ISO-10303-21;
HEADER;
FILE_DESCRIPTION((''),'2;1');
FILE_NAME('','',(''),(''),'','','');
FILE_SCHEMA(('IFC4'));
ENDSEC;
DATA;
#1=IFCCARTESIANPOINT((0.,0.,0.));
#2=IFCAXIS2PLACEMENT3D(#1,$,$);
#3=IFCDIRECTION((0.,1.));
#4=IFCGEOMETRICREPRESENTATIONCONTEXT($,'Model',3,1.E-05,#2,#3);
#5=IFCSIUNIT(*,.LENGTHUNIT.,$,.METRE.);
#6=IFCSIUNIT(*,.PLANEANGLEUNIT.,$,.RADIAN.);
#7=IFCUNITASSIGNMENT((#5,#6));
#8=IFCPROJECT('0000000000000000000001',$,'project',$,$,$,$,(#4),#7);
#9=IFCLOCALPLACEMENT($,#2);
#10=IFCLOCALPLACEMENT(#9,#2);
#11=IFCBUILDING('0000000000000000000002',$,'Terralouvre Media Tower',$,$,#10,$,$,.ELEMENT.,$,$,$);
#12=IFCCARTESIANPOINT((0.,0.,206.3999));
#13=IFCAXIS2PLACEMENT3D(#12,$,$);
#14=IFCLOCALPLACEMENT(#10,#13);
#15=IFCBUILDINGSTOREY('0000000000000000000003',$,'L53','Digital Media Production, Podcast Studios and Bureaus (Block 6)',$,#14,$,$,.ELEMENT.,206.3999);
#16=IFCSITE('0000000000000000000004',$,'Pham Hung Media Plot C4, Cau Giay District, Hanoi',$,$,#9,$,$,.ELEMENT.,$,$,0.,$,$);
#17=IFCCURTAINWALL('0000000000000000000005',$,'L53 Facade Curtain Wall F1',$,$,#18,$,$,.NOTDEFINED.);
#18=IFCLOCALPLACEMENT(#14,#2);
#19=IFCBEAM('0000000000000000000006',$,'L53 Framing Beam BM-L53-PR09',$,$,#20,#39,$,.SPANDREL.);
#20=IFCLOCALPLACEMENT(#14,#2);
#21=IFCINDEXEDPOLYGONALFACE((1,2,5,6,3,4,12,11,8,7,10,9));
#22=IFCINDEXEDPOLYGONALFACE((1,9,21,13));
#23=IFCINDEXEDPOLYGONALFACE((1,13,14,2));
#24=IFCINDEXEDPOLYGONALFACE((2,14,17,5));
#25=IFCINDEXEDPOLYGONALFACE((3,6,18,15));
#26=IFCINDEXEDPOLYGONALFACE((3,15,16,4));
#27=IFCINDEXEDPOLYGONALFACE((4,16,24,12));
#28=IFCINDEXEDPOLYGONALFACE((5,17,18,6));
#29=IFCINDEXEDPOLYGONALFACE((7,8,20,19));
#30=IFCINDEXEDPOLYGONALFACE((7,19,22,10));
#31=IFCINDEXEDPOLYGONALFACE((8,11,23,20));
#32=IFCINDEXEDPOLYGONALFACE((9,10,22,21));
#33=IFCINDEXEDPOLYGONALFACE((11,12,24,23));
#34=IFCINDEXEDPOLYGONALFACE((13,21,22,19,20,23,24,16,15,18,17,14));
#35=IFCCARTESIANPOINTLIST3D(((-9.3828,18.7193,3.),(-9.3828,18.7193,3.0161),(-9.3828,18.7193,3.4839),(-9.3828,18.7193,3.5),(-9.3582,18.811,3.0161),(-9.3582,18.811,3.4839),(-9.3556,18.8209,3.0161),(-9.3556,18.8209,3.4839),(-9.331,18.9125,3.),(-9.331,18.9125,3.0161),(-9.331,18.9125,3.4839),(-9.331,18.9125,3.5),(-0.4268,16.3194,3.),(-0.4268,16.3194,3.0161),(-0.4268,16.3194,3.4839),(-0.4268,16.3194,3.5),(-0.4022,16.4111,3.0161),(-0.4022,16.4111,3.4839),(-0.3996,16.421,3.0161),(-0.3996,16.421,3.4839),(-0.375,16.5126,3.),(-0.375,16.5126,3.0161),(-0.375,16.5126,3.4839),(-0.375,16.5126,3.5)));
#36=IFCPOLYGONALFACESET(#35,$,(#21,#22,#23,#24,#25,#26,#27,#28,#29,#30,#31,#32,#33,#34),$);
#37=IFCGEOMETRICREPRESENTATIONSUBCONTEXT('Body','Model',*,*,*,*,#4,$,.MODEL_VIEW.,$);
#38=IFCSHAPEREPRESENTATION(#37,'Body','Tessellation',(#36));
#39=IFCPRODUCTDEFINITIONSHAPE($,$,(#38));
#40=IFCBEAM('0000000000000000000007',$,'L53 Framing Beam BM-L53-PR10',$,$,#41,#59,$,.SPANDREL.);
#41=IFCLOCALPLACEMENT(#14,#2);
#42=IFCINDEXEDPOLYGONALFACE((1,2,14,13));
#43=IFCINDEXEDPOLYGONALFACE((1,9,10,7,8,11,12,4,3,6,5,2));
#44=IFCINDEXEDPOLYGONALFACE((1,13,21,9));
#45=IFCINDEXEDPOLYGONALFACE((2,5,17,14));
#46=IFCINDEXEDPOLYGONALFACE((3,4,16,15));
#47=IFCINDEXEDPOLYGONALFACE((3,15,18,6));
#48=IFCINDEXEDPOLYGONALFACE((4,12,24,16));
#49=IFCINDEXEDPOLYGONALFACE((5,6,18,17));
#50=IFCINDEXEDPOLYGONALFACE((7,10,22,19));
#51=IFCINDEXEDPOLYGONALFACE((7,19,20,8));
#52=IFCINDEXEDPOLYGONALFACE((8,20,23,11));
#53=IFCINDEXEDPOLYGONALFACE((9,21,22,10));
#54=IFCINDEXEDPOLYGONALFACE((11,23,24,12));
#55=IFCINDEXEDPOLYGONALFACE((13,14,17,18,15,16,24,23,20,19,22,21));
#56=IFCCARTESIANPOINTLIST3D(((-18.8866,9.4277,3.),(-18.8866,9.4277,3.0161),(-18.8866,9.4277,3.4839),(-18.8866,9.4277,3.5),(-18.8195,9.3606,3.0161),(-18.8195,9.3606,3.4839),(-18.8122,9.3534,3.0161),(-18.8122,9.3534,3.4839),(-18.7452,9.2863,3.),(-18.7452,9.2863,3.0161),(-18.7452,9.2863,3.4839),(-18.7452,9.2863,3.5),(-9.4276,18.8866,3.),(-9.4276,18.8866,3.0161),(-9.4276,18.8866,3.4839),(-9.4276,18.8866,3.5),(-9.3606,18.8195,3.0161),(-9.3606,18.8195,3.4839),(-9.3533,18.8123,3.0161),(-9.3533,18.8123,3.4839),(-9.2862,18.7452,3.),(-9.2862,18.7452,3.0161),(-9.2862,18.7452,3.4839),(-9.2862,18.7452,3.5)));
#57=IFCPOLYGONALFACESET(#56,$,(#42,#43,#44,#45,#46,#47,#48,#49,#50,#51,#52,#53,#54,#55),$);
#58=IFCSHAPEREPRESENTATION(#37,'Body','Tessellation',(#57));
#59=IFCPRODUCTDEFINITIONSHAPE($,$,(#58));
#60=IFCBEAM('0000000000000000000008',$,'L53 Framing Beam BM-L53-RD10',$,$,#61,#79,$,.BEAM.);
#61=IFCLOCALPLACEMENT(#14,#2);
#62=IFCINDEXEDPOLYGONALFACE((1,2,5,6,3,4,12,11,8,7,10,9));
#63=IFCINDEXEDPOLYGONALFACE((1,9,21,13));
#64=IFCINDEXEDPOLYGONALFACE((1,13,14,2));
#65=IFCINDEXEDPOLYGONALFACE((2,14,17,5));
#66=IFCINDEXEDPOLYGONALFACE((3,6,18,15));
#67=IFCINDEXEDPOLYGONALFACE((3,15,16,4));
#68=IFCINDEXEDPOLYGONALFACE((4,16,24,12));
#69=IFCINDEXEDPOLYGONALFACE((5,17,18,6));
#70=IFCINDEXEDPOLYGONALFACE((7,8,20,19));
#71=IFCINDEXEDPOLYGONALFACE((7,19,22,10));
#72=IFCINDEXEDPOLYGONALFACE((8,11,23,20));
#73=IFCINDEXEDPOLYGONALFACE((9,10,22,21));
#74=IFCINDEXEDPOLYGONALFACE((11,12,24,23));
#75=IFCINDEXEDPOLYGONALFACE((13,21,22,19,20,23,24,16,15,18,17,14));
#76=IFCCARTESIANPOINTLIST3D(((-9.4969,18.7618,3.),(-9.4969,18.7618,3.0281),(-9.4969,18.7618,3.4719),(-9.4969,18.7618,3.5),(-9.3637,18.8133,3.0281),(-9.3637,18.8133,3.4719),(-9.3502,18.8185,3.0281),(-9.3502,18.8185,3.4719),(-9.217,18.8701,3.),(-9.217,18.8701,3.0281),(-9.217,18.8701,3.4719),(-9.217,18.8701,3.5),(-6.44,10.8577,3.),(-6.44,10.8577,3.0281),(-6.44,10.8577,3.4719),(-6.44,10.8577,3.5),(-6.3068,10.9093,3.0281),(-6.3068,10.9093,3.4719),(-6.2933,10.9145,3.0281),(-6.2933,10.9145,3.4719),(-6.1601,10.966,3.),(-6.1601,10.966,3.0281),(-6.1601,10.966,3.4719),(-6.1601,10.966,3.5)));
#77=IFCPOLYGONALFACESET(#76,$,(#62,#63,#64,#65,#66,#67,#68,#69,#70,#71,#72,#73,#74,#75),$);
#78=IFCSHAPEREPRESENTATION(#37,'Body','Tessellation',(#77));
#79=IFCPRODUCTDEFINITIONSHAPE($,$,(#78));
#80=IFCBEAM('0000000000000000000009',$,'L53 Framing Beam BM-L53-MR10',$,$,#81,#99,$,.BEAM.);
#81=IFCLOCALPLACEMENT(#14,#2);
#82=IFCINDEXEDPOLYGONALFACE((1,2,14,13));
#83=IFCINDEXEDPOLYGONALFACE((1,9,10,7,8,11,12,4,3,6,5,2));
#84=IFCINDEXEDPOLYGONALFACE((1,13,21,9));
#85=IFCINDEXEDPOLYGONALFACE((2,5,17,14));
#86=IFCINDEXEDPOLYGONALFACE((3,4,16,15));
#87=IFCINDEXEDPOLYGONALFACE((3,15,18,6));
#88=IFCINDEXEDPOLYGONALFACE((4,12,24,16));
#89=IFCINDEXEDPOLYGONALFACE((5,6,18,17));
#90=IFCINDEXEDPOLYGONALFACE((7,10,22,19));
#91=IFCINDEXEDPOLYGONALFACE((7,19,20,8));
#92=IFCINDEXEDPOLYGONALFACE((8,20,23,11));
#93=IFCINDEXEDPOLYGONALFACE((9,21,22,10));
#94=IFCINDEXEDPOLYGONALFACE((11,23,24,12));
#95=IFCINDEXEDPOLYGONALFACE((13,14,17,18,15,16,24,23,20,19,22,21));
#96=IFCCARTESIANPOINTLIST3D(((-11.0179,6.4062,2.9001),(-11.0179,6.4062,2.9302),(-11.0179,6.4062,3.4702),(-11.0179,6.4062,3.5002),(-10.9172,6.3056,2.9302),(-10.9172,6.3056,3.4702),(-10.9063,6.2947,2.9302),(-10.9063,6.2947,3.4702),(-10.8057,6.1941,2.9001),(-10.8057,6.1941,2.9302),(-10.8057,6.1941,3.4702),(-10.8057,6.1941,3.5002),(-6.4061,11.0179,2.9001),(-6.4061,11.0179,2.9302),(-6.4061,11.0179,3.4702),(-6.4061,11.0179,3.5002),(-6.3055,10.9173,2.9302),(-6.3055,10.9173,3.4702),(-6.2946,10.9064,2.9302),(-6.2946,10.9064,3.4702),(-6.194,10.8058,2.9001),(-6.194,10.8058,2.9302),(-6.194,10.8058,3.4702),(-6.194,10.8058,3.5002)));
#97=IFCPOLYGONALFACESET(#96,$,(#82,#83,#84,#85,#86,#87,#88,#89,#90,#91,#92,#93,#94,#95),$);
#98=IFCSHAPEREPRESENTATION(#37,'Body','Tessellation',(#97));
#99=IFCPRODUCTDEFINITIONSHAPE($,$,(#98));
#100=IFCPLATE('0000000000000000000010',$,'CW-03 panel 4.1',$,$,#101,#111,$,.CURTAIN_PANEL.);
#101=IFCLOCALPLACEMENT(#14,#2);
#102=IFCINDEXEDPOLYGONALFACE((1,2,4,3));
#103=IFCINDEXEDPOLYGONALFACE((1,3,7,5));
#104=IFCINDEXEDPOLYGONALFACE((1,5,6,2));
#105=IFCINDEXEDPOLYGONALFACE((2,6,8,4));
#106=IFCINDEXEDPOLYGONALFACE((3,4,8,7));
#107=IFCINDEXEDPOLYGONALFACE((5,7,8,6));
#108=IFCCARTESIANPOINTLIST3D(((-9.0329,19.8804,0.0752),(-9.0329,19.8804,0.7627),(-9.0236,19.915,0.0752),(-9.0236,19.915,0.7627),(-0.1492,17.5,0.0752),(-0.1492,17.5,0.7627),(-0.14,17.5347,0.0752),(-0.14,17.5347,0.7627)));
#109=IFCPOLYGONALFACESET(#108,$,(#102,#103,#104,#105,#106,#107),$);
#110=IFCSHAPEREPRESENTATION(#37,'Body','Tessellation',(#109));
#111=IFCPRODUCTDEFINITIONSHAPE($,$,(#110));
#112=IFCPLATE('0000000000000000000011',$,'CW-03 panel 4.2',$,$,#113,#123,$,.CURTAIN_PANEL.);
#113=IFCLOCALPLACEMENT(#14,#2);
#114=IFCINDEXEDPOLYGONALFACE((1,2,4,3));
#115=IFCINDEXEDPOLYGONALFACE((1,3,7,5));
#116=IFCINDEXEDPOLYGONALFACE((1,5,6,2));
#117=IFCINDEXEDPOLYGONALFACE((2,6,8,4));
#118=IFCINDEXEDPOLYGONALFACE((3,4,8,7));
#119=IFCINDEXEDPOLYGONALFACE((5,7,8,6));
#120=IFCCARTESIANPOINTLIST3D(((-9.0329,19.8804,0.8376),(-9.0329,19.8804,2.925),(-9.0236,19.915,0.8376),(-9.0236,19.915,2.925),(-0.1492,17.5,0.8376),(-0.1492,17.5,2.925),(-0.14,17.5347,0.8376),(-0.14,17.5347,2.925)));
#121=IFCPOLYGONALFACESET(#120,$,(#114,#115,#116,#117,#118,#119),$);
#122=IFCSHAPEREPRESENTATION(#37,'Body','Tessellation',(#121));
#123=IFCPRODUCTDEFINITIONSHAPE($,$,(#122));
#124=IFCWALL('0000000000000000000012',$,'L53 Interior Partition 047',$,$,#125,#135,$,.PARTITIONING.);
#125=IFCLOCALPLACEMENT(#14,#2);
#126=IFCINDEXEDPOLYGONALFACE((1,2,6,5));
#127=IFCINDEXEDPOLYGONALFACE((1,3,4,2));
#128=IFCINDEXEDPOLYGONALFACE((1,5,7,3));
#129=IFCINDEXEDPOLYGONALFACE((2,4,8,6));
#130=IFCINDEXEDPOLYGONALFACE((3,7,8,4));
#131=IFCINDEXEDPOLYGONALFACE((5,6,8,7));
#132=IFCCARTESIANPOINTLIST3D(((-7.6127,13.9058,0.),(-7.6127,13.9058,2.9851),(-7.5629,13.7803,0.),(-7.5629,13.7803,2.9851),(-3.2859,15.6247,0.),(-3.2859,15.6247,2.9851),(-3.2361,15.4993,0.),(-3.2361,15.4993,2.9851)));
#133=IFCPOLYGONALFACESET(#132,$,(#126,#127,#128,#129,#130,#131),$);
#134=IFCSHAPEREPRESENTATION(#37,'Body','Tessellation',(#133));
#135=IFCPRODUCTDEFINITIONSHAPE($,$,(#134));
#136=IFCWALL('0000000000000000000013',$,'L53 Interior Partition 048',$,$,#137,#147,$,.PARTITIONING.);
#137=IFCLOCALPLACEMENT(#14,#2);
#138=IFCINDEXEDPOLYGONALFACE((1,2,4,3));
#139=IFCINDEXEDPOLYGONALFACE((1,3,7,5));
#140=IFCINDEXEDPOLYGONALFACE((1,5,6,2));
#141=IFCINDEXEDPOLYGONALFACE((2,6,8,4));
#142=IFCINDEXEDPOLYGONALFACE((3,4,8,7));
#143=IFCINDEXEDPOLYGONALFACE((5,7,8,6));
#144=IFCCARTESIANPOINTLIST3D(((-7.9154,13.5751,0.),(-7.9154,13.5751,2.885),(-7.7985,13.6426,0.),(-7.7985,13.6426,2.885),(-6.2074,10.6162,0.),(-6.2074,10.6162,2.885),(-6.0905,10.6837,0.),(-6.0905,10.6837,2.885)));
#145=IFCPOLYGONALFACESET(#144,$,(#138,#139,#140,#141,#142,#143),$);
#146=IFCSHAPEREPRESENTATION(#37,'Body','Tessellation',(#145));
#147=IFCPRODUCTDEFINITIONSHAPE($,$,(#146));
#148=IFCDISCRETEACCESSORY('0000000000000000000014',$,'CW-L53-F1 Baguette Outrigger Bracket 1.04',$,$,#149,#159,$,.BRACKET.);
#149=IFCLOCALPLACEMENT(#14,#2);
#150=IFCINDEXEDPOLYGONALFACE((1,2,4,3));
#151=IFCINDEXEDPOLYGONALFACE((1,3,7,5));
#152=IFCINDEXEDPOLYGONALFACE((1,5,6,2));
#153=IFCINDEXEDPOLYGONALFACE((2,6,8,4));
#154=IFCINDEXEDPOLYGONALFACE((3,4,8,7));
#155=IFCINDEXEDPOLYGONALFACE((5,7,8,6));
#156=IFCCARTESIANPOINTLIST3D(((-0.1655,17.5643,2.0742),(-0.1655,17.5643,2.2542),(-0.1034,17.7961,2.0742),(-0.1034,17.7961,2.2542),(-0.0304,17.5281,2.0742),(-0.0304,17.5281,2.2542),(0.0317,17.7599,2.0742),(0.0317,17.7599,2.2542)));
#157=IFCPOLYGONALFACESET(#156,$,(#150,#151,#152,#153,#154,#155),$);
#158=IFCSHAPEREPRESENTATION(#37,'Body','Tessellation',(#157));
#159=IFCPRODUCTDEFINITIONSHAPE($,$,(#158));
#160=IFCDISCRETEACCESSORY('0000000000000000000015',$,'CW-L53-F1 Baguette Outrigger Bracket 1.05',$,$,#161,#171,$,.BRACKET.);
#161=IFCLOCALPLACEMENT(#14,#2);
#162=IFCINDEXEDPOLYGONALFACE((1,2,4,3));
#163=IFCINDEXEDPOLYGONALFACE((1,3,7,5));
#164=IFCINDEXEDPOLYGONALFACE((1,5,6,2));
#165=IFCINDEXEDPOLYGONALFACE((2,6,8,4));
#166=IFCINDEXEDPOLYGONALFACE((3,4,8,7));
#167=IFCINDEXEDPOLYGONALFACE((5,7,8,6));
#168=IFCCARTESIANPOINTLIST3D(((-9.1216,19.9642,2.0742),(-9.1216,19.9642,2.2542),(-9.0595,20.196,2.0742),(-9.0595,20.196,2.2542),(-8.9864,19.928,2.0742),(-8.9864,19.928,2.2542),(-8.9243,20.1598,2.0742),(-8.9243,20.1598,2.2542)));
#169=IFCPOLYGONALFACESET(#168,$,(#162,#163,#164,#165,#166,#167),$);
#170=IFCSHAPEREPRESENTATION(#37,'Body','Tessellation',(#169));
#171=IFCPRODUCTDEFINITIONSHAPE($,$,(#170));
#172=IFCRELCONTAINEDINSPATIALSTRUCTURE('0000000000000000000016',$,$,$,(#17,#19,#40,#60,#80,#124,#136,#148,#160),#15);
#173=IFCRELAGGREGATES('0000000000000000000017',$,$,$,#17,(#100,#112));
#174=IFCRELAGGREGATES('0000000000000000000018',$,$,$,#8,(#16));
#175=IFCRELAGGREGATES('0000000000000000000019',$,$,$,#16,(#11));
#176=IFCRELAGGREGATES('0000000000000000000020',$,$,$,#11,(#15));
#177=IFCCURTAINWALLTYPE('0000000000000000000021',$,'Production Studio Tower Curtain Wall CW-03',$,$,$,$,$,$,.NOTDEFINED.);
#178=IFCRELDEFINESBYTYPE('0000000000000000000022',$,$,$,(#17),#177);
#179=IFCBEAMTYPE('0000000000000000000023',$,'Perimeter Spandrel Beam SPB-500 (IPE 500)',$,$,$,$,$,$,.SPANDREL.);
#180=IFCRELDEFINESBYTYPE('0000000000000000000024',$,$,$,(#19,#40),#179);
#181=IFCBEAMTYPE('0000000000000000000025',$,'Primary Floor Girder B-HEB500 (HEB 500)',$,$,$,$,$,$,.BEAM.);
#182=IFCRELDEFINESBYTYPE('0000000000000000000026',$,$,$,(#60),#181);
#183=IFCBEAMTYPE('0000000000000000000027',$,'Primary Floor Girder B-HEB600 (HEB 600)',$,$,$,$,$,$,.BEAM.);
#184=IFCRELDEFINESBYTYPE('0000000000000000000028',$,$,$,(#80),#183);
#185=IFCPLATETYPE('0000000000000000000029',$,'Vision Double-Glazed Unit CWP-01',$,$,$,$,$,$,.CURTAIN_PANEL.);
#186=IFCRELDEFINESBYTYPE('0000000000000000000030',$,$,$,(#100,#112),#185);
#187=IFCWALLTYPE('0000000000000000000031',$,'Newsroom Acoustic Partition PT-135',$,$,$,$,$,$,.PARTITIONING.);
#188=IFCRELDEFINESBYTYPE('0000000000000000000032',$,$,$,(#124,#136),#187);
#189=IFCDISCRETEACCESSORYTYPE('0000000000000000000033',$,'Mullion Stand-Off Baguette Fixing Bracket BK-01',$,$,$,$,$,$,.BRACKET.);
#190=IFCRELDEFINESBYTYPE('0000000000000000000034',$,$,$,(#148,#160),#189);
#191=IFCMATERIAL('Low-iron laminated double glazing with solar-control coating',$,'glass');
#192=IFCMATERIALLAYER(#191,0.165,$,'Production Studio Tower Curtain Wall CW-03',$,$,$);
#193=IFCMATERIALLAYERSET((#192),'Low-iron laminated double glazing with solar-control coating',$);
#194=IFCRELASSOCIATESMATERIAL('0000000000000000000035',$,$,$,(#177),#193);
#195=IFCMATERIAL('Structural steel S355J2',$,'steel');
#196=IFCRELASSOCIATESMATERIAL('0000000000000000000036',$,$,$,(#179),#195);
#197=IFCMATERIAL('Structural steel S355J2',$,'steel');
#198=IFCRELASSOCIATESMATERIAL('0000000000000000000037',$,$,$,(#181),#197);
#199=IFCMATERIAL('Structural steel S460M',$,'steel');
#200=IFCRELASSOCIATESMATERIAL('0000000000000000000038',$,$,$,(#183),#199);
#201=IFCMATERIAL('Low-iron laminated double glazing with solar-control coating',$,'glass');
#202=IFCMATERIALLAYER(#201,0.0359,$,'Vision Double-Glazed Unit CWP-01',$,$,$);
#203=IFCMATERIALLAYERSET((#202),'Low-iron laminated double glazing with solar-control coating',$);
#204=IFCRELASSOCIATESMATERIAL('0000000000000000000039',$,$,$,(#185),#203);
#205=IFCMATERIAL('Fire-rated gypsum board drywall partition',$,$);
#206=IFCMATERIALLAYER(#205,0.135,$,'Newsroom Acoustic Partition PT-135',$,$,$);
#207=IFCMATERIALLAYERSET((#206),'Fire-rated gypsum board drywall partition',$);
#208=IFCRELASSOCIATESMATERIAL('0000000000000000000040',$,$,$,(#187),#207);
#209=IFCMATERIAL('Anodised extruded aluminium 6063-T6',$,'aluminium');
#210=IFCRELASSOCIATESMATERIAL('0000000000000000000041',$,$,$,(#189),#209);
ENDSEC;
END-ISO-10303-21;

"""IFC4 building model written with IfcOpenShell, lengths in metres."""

from ifc_helpers import new_model, si_unit, direction, frame, frame_2d, origin, origin_2d, place, context, subcontext, project, spatial, rectangle, i_section, extrude, material, layer, layer_set, material_profile, profile_set, type_object, element, aggregate, save


model = new_model("IFC4")

# Units and contexts
model_context = context("Model", 3, precision=1e-05, world=origin(), true_north=direction((0.0, 1.0)))
body_context = subcontext(model_context, "Body", "Model", "MODEL_VIEW")
ifc_project = project(units=[si_unit("LENGTHUNIT", "METRE"), si_unit("PLANEANGLEUNIT", "RADIAN")], contexts=[model_context])

# Site, building, storey
site_placement = place(None, origin())
site = spatial("IfcSite", under=ifc_project, at=site_placement, Name="Pham Hung Media Plot C4, Cau Giay District, Hanoi", CompositionType="ELEMENT", RefElevation=0.0)
building_placement = place(site_placement, origin())
building = spatial("IfcBuilding", under=site, at=building_placement, Name="Terralouvre Media Tower", CompositionType="ELEMENT")
storey_placement = place(building_placement, frame((0.0, 0.0, 206.3999)))
storey = spatial("IfcBuildingStorey", under=building, at=storey_placement, Name="L53", Description="Digital Media Production, Podcast Studios and Bureaus (Block 6)", CompositionType="ELEMENT", Elevation=206.3999)

# Curtain wall
ifc_material_1 = material(Name="Low-iron laminated double glazing with solar-control coating", Category="glass")
ifc_layer_1 = layer(ifc_material_1, 0.165, Name="Production Studio Tower Curtain Wall CW-03")
ifc_layer_set_1 = layer_set([ifc_layer_1], Name="Low-iron laminated double glazing with solar-control coating")
curtain_wall_type = type_object("IfcCurtainWallType", Name="Production Studio Tower Curtain Wall CW-03", PredefinedType="NOTDEFINED", material=ifc_layer_set_1)
curtain_wall_placement = place(storey_placement, origin())
curtain_wall = element("IfcCurtainWall", 1, at=curtain_wall_placement, inside=storey, type_object=curtain_wall_type, Name="L53 Facade Curtain Wall F1", PredefinedType="NOTDEFINED")

# Beams
ifc_material_2 = material(Name="Structural steel S355J2", Category="steel")
ifc_material_profile_1 = material_profile(ifc_material_2, i_section(OverallWidth=0.2, OverallDepth=0.5, WebThickness=0.0103, FlangeThickness=0.0161, at=origin_2d()), Name="IPE 500")
ifc_profile_set_1 = profile_set([ifc_material_profile_1], Name="Structural steel S355J2")
beam_type_1 = type_object("IfcBeamType", Name="Perimeter Spandrel Beam SPB-500 (IPE 500)", PredefinedType="SPANDREL", material=ifc_profile_set_1)
beam_1_placement = place(storey_placement, frame((-0.4009, 16.416, 3.25), z_axis=(-0.965922, 0.258833, 0.0), x_axis=(-0.258833, -0.965922, 0.0)))
element("IfcBeam", 2, at=beam_1_placement, inside=storey, type_object=beam_type_1, Name="L53 Framing Beam BM-L53-PR09", PredefinedType="SPANDREL", context=body_context, shape_type="SweptSolid", body=[
    extrude(i_section(OverallWidth=0.2, OverallDepth=0.5, WebThickness=0.0103, FlangeThickness=0.0161, at=origin_2d()), origin(), (0.0, 0.0, 1.0), 9.272),
])
beam_2_placement = place(storey_placement, frame((-9.3569, 18.8159, 3.25), z_axis=(-0.707107, -0.707107, 0.0), x_axis=(0.707107, -0.707107, 0.0)))
element("IfcBeam", 3, at=beam_2_placement, inside=storey, type_object=beam_type_1, Name="L53 Framing Beam BM-L53-PR10", PredefinedType="SPANDREL", context=body_context, shape_type="SweptSolid", body=[
    extrude(i_section(OverallWidth=0.2, OverallDepth=0.5, WebThickness=0.0103, FlangeThickness=0.0161, at=origin_2d()), origin(), (0.0, 0.0, 1.0), 13.377),
])
ifc_material_3 = material(Name="Structural steel S355J2", Category="steel")
ifc_material_profile_2 = material_profile(ifc_material_3, i_section(OverallWidth=0.3, OverallDepth=0.5, WebThickness=0.0144, FlangeThickness=0.0281, at=origin_2d()), Name="HEB 500")
ifc_profile_set_2 = profile_set([ifc_material_profile_2], Name="Structural steel S355J2")
beam_type_2 = type_object("IfcBeamType", Name="Primary Floor Girder B-HEB500 (HEB 500)", PredefinedType="BEAM", material=ifc_profile_set_2)
beam_3_placement = place(storey_placement, frame((-6.3, 10.9119, 3.25), z_axis=(-0.360712, 0.932677, 0.0), x_axis=(-0.932677, -0.360712, 0.0)))
element("IfcBeam", 4, at=beam_3_placement, inside=storey, type_object=beam_type_2, Name="L53 Framing Beam BM-L53-RD10", PredefinedType="BEAM", context=body_context, shape_type="SweptSolid", body=[
    extrude(i_section(OverallWidth=0.3, OverallDepth=0.5, WebThickness=0.0144, FlangeThickness=0.0281, at=origin_2d()), origin(), (0.0, 0.0, 1.0), 8.4746),
])
ifc_material_4 = material(Name="Structural steel S460M", Category="steel")
ifc_material_profile_3 = material_profile(ifc_material_4, i_section(OverallWidth=0.3, OverallDepth=0.6001, WebThickness=0.0154, FlangeThickness=0.03, at=origin_2d()), Name="HEB 600")
ifc_profile_set_3 = profile_set([ifc_material_profile_3], Name="Structural steel S460M")
beam_type_3 = type_object("IfcBeamType", Name="Primary Floor Girder B-HEB600 (HEB 600)", PredefinedType="BEAM", material=ifc_profile_set_3)
beam_4_placement = place(storey_placement, frame((-6.3, 10.9119, 3.2002), z_axis=(-0.707107, -0.707107, 0.0), x_axis=(0.707107, -0.707107, 0.0)))
element("IfcBeam", 5, at=beam_4_placement, inside=storey, type_object=beam_type_3, Name="L53 Framing Beam BM-L53-MR10", PredefinedType="BEAM", context=body_context, shape_type="SweptSolid", body=[
    extrude(i_section(OverallWidth=0.3, OverallDepth=0.6001, WebThickness=0.0154, FlangeThickness=0.03, at=origin_2d()), origin(), (0.0, 0.0, 1.0), 6.522),
])

# Plates
ifc_material_5 = material(Name="Low-iron laminated double glazing with solar-control coating", Category="glass")
ifc_layer_2 = layer(ifc_material_5, 0.0359, Name="Vision Double-Glazed Unit CWP-01")
ifc_layer_set_2 = layer_set([ifc_layer_2], Name="Low-iron laminated double glazing with solar-control coating")
plate_type = type_object("IfcPlateType", Name="Vision Double-Glazed Unit CWP-01", PredefinedType="CURTAIN_PANEL", material=ifc_layer_set_2)
plate_1_placement = place(storey_placement, frame((-4.5864, 18.7075, 0.0752), z_axis=(0.0, 0.0, 1.0), x_axis=(-0.965926, 0.258819, 0.0)))
plate_1 = element("IfcPlate", 6, at=plate_1_placement, type_object=plate_type, Name="CW-03 panel 4.1", PredefinedType="CURTAIN_PANEL", context=body_context, shape_type="SweptSolid", body=[
    extrude(rectangle(XDim=9.197, YDim=0.0359, at=origin_2d()), origin(), (0.0, 0.0, 1.0), 0.6875),
])
plate_2_placement = place(storey_placement, frame((-4.5864, 18.7075, 0.8376), z_axis=(0.0, 0.0, 1.0), x_axis=(-0.965926, 0.258819, 0.0)))
plate_2 = element("IfcPlate", 7, at=plate_2_placement, type_object=plate_type, Name="CW-03 panel 4.2", PredefinedType="CURTAIN_PANEL", context=body_context, shape_type="SweptSolid", body=[
    extrude(rectangle(XDim=9.197, YDim=0.0359, at=origin_2d()), origin(), (0.0, 0.0, 1.0), 2.0874),
])
aggregate(curtain_wall, [plate_1, plate_2])

# Walls
ifc_material_6 = material(Name="Fire-rated gypsum board drywall partition")
ifc_layer_3 = layer(ifc_material_6, 0.135, Name="Newsroom Acoustic Partition PT-135")
ifc_layer_set_3 = layer_set([ifc_layer_3], Name="Fire-rated gypsum board drywall partition")
wall_type = type_object("IfcWallType", Name="Newsroom Acoustic Partition PT-135", PredefinedType="PARTITIONING", material=ifc_layer_set_3)
wall_1_placement = place(storey_placement, frame((-3.261, 15.562, 0.0), z_axis=(0.0, 0.0, 1.0), x_axis=(-0.929346, -0.369211, 0.0)))
element("IfcWall", 8, at=wall_1_placement, inside=storey, type_object=wall_type, Name="L53 Interior Partition 047", PredefinedType="PARTITIONING", context=body_context, shape_type="SweptSolid", body=[
    extrude(rectangle(XDim=4.6558, YDim=0.135, at=frame_2d((2.3279, 0.0))), origin(), (0.0, 0.0, 1.0), 2.9851),
])
wall_2_placement = place(storey_placement, frame((-7.8569, 13.6089, 0.0), z_axis=(0.0, 0.0, 1.0), x_axis=(0.49992, -0.866071, 0.0)))
element("IfcWall", 9, at=wall_2_placement, inside=storey, type_object=wall_type, Name="L53 Interior Partition 048", PredefinedType="PARTITIONING", context=body_context, shape_type="SweptSolid", body=[
    extrude(rectangle(XDim=3.4165, YDim=0.135, at=frame_2d((1.7083, 0.0))), origin(), (0.0, 0.0, 1.0), 2.885),
])

# Discrete accessories
ifc_material_7 = material(Name="Anodised extruded aluminium 6063-T6", Category="aluminium")
discrete_accessory_type = type_object("IfcDiscreteAccessoryType", Name="Mullion Stand-Off Baguette Fixing Bracket BK-01", PredefinedType="BRACKET", material=ifc_material_7)
for number, where, z_axis, x_axis, name in (
    (10, (-0.0669, 17.6621, 2.0742), (0.0, 0.0, 1.0), (-0.965926, 0.258819, 0.0), "CW-L53-F1 Baguette Outrigger Bracket 1.04"),
    (11, (-9.0229, 20.062, 2.0742), (0.0, 0.0, 1.0), (-0.965926, 0.258819, 0.0), "CW-L53-F1 Baguette Outrigger Bracket 1.05"),
):
    element("IfcDiscreteAccessory", number, at=place(storey_placement, frame(where, z_axis=z_axis, x_axis=x_axis)), inside=storey, type_object=discrete_accessory_type, Name=name, PredefinedType="BRACKET", context=body_context, shape_type="SweptSolid", body=[
        extrude(rectangle(XDim=0.1399, YDim=0.24, at=origin_2d()), origin(), (0.0, 0.0, 1.0), 0.1799),
    ])

save(model, "model.ifc")
